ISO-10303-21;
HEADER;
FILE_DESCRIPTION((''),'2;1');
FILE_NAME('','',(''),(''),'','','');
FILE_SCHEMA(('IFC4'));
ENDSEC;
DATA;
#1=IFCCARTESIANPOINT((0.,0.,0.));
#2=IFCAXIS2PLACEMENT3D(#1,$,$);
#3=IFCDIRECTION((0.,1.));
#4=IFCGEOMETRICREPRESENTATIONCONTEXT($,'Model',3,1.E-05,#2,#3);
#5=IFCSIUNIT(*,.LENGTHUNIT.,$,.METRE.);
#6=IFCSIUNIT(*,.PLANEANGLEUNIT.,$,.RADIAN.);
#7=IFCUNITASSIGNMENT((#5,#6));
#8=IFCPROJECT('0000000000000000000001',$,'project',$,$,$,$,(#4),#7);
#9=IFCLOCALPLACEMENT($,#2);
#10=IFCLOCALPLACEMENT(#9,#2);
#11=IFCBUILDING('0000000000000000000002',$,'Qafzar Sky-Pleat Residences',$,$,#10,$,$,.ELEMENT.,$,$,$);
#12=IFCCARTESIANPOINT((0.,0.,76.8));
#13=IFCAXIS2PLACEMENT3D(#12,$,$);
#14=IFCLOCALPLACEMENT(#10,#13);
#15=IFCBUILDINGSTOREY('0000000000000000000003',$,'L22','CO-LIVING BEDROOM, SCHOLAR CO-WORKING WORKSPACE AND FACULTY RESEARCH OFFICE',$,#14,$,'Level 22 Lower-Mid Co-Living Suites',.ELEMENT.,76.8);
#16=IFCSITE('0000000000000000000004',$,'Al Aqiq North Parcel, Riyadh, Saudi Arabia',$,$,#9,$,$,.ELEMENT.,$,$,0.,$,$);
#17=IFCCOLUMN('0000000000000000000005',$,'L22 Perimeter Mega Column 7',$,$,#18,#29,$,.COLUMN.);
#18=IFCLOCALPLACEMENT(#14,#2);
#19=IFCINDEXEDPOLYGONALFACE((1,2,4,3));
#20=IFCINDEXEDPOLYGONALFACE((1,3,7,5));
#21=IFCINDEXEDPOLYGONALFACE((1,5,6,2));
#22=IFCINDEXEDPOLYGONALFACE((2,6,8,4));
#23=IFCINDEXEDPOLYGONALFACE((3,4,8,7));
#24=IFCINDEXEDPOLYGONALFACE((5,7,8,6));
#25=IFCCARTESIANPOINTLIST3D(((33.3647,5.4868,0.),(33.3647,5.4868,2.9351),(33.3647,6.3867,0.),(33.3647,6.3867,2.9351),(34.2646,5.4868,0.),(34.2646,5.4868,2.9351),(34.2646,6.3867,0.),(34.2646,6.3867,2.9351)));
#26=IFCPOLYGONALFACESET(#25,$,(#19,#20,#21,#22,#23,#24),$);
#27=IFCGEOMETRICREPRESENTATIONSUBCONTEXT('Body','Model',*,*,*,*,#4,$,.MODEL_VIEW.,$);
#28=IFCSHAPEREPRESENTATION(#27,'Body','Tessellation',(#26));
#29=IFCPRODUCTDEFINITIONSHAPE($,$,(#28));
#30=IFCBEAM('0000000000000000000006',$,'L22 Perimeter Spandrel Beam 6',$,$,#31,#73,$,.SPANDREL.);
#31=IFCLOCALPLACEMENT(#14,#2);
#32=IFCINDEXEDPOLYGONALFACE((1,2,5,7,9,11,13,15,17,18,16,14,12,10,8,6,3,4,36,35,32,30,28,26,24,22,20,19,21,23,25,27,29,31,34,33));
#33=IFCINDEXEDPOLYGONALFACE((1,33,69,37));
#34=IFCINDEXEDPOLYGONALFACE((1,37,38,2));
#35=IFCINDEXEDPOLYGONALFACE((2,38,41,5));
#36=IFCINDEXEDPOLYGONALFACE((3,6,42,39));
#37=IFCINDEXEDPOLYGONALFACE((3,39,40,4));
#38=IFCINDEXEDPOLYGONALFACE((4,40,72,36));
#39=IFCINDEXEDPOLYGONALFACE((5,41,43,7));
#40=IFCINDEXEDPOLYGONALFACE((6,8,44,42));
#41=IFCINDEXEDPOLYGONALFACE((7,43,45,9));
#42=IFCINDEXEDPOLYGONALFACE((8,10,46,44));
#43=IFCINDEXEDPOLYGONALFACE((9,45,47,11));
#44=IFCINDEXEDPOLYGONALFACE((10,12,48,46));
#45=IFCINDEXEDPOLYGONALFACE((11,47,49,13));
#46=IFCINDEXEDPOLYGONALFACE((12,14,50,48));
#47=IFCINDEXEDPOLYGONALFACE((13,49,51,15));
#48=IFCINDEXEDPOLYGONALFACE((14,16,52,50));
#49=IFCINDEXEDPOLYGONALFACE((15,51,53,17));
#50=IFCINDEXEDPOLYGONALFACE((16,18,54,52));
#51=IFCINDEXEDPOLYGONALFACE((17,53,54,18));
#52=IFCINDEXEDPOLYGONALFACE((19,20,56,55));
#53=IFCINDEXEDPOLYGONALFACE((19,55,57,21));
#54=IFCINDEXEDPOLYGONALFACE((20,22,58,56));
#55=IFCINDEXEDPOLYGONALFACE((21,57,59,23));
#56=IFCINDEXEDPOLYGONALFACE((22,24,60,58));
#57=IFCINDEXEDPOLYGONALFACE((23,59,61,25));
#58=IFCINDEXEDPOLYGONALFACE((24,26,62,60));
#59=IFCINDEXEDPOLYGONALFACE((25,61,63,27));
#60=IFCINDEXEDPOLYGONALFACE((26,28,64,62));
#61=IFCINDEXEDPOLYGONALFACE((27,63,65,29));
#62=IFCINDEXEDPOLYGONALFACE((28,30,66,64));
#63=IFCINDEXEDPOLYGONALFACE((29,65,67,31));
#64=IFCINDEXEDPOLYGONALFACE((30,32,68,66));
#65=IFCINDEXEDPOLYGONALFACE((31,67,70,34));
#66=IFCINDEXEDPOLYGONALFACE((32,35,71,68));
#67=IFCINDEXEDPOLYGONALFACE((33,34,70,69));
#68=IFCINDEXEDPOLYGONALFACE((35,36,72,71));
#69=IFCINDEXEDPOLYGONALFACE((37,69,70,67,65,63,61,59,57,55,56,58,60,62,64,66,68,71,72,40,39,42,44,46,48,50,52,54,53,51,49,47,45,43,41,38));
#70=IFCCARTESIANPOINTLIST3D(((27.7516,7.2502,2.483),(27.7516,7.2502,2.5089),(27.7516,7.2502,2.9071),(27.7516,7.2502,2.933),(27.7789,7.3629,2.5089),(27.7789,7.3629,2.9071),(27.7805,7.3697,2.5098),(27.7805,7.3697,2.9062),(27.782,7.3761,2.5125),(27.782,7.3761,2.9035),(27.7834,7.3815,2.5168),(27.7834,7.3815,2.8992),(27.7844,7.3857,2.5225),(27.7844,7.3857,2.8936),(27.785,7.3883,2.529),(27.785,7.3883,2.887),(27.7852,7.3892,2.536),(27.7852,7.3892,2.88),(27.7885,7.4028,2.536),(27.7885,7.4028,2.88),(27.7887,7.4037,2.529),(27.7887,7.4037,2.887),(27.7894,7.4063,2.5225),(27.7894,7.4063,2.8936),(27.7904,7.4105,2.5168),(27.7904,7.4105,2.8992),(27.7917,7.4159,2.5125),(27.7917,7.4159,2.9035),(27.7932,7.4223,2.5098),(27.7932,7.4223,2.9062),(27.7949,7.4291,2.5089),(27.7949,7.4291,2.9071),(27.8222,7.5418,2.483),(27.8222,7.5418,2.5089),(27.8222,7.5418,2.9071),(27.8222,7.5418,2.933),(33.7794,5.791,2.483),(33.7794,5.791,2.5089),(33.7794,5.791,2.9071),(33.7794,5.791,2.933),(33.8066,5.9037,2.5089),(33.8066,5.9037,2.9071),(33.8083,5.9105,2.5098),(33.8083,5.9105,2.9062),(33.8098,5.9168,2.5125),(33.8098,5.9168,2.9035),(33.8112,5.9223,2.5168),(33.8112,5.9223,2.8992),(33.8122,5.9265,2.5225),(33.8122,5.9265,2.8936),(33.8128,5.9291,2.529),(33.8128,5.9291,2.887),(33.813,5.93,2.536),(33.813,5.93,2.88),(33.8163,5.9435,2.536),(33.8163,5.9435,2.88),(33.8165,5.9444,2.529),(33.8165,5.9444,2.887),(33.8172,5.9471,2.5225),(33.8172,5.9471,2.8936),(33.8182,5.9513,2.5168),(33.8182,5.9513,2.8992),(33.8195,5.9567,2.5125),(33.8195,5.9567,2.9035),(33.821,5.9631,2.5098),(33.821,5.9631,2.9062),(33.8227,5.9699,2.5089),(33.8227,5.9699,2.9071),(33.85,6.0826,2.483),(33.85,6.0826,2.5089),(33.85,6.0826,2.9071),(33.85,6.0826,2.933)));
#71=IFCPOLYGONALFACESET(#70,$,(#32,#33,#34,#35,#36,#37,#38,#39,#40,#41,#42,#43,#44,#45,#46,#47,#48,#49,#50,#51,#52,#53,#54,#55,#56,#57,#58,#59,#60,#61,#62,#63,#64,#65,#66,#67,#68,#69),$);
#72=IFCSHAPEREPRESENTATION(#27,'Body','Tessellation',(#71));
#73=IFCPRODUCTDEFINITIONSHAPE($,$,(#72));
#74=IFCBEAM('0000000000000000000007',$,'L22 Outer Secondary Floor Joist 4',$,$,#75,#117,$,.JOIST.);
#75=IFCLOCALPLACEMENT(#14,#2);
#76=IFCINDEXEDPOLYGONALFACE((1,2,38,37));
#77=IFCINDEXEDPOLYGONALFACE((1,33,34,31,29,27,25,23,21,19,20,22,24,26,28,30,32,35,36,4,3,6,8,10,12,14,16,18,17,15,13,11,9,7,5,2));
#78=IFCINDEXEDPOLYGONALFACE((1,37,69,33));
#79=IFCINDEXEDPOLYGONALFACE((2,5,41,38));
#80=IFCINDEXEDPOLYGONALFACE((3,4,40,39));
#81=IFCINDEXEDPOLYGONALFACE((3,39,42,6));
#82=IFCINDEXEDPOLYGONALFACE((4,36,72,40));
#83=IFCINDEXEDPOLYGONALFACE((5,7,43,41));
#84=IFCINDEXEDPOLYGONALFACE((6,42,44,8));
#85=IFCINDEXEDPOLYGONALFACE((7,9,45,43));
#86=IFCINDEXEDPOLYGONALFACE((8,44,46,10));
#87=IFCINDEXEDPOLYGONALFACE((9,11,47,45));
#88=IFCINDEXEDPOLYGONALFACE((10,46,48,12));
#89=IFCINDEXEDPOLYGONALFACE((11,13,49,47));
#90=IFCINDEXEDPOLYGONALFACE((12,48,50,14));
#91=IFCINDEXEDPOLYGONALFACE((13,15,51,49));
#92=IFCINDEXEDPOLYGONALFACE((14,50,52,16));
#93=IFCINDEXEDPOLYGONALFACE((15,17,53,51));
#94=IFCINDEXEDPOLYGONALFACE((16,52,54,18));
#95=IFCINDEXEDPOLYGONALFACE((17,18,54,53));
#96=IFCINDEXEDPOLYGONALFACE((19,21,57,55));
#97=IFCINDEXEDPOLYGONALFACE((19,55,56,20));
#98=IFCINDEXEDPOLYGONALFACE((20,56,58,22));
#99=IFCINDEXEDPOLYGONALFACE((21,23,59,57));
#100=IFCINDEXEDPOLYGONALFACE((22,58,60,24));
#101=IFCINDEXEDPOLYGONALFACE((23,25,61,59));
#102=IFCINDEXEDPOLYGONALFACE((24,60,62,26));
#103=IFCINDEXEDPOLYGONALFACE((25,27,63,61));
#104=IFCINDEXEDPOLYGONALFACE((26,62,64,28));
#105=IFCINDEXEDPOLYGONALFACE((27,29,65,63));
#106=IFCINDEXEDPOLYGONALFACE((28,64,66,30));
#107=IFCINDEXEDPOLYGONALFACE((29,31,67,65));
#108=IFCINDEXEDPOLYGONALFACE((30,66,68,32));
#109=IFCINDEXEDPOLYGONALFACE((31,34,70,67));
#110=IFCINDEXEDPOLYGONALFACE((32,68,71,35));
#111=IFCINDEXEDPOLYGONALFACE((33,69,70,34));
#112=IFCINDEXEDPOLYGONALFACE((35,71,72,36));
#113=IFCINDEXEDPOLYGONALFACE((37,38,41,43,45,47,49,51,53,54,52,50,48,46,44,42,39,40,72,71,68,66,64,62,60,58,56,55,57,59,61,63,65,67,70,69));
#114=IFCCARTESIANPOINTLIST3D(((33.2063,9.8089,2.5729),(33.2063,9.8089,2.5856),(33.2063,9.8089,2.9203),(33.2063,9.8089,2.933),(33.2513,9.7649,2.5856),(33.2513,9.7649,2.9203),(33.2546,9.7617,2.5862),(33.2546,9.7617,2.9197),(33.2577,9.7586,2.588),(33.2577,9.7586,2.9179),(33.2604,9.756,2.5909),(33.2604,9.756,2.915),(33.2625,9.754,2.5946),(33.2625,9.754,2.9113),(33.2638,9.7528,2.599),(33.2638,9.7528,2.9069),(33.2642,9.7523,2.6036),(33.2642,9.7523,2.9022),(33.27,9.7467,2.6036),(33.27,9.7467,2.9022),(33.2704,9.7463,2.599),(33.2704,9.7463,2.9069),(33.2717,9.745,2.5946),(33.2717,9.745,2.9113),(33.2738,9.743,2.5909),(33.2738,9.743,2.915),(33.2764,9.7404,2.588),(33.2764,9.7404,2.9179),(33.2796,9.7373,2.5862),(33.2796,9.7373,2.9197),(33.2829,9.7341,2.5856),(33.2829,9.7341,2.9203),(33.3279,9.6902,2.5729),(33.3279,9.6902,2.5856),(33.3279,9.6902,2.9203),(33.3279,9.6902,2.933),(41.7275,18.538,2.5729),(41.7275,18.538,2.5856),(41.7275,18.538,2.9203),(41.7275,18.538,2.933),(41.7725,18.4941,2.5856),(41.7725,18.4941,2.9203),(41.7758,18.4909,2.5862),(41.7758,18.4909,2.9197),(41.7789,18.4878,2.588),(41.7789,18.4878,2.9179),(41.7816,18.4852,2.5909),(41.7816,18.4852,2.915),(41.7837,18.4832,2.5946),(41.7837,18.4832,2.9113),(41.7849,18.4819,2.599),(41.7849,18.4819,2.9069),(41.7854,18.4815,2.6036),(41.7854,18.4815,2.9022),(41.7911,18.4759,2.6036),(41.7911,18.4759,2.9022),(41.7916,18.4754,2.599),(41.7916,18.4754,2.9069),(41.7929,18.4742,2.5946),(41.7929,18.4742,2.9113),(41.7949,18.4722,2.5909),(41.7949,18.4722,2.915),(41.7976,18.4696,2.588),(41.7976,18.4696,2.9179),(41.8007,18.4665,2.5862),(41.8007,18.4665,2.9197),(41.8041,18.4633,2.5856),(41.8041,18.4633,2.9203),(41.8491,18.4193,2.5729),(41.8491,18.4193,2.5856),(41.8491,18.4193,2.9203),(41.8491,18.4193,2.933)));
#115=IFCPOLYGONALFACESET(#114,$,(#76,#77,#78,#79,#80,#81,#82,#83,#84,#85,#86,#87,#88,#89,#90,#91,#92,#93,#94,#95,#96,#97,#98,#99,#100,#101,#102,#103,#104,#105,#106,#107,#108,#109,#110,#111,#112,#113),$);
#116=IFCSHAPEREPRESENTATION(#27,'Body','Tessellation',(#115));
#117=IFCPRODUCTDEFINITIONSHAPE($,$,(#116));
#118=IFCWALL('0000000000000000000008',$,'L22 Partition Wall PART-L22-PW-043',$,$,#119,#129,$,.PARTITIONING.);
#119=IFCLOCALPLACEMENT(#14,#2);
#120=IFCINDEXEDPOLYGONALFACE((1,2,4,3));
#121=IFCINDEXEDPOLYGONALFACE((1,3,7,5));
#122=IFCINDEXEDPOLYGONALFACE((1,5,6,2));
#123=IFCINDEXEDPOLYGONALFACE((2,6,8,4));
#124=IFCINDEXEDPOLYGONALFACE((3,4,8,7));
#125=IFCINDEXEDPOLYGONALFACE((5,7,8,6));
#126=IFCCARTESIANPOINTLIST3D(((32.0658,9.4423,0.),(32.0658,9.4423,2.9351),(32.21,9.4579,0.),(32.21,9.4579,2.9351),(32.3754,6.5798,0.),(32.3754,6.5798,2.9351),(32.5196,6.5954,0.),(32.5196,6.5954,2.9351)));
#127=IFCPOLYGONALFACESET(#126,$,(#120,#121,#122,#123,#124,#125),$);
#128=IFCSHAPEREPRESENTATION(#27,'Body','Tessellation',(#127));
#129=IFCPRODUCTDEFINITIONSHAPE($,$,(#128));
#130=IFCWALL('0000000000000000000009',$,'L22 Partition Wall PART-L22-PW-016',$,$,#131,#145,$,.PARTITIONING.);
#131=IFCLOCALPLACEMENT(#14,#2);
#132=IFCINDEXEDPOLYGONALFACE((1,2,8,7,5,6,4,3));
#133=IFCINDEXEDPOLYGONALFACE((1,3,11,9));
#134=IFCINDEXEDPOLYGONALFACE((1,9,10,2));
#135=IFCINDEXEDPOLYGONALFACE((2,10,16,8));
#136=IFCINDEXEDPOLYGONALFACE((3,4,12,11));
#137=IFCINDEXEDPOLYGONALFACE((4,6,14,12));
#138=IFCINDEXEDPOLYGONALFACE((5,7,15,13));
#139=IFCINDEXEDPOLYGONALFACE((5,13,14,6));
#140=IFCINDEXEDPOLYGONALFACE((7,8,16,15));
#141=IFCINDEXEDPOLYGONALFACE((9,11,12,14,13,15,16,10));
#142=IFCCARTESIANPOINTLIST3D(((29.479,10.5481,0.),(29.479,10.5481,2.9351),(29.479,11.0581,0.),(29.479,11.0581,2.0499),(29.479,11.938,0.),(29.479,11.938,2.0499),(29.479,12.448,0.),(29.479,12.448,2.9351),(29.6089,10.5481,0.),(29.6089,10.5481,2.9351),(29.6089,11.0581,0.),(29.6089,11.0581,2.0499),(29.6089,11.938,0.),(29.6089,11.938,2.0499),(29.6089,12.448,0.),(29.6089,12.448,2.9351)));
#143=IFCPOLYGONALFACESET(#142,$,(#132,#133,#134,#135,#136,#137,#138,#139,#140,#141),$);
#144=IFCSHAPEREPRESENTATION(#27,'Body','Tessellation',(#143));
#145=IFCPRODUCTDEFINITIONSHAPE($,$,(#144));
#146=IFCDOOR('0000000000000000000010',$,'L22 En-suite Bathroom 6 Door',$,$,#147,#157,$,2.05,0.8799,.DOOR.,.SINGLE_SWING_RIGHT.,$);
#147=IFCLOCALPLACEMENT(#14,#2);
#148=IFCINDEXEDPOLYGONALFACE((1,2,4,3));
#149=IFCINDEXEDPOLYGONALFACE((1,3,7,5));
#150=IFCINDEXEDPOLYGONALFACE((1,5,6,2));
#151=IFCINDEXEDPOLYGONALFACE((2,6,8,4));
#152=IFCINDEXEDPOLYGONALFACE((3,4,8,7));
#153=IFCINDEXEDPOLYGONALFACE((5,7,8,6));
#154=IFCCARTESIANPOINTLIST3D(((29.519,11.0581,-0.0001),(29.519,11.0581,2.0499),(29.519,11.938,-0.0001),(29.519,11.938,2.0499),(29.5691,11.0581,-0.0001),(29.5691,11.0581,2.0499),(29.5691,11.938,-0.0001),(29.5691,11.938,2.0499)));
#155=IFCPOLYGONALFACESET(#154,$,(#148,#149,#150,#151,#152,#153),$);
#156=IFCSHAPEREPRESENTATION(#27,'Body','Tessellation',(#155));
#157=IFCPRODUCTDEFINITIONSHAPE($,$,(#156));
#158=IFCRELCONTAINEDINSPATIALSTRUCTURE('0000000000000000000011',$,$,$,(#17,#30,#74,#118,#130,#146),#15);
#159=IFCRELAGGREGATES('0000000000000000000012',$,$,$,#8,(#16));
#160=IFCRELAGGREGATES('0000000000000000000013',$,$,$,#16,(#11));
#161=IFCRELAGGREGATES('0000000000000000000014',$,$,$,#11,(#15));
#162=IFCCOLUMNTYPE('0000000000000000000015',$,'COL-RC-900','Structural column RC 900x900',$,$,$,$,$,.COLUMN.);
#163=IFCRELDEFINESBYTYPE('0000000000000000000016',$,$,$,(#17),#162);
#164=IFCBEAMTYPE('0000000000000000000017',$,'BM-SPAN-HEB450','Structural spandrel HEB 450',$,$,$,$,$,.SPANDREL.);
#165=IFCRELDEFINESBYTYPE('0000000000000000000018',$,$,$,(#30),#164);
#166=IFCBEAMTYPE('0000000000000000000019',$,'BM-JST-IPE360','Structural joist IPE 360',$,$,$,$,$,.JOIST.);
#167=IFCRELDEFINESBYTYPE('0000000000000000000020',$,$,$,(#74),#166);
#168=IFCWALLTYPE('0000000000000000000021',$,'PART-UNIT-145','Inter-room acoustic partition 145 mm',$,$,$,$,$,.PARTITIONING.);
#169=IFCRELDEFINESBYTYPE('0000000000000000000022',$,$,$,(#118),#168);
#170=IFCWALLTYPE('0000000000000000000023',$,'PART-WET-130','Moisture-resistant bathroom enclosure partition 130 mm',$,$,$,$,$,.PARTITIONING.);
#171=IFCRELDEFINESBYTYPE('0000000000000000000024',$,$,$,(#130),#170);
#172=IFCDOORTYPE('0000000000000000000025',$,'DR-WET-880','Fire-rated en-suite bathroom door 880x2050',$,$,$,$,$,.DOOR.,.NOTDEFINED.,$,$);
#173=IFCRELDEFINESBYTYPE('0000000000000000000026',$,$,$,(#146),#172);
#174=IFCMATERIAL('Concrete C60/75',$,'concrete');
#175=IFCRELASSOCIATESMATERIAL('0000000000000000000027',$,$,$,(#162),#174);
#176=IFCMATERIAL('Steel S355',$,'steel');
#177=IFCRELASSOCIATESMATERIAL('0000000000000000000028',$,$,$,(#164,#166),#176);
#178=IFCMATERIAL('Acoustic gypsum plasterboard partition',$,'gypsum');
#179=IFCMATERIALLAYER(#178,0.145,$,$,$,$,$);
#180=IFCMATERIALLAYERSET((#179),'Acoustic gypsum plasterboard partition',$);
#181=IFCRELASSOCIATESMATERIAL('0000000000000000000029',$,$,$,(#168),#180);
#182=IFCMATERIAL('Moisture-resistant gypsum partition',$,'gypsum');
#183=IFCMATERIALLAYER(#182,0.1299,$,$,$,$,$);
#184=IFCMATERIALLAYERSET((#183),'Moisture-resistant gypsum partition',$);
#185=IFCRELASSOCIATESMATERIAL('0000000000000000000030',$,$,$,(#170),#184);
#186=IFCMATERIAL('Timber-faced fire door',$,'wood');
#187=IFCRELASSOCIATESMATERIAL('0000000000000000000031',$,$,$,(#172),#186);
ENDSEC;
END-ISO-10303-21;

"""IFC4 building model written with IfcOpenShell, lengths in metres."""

from ifc_helpers import new_model, si_unit, direction, frame, frame_2d, origin, origin_2d, place, context, subcontext, project, spatial, rectangle, i_section, extrude, source, transform, mapped, material, layer, layer_set, material_profile, profile_set, type_object, element, fill, save


model = new_model("IFC4")

# Units and contexts
model_context = context("Model", 3, precision=1e-05, world=origin(), true_north=direction((0.0, 1.0)))
body_context = subcontext(model_context, "Body", "Model", "MODEL_VIEW")
ifc_project = project(units=[si_unit("LENGTHUNIT", "METRE"), si_unit("PLANEANGLEUNIT", "RADIAN")], contexts=[model_context])

# Site, building, storey
site_placement = place(None, origin())
site = spatial("IfcSite", under=ifc_project, at=site_placement, Name="Al Aqiq North Parcel, Riyadh, Saudi Arabia", CompositionType="ELEMENT", RefElevation=0.0)
building_placement = place(site_placement, origin())
building = spatial("IfcBuilding", under=site, at=building_placement, Name="Qafzar Sky-Pleat Residences", CompositionType="ELEMENT")
storey_placement = place(building_placement, frame((0.0, 0.0, 76.8)))
storey = spatial("IfcBuildingStorey", under=building, at=storey_placement, Name="L22", Description="CO-LIVING BEDROOM, SCHOLAR CO-WORKING WORKSPACE AND FACULTY RESEARCH OFFICE", LongName="Level 22 Lower-Mid Co-Living Suites", CompositionType="ELEMENT", Elevation=76.8)

# Column
ifc_material_1 = material(Name="Concrete C60/75", Category="concrete")
ifc_material_profile_1 = material_profile(ifc_material_1, rectangle(XDim=0.8999, YDim=0.8999, at=origin_2d()), Name="RC 900x900")
ifc_profile_set_1 = profile_set([ifc_material_profile_1], Name="Concrete C60/75")
column_type = type_object("IfcColumnType", Name="COL-RC-900", Description="Structural column RC 900x900", PredefinedType="COLUMN", material=ifc_profile_set_1)
shared_shape_1 = source(origin(), body_context, "Body", "SweptSolid", [
    extrude(rectangle(XDim=0.8999, YDim=0.8999, at=origin_2d()), origin(), (0.0, 0.0, 1.0), 2.9351),
])
column_placement = place(storey_placement, frame((33.8147, 5.9368, 0.0), z_axis=(0.0, 0.0, 1.0), x_axis=(1.0, 0.0, 0.0)))
element("IfcColumn", 1, at=column_placement, inside=storey, type_object=column_type, Name="L22 Perimeter Mega Column 7", PredefinedType="COLUMN", context=body_context, shape_type="MappedRepresentation", body=[
    mapped(shared_shape_1, transform((0.0, 0.0, 0.0), x_axis=(1.0, 0.0, 0.0), y_axis=(0.0, 1.0, 0.0), z_axis=(0.0, 0.0, 1.0), scale=1.0)),
])

# Beams
ifc_material_2 = material(Name="Steel S355", Category="steel")
ifc_material_profile_2 = material_profile(ifc_material_2, i_section(OverallWidth=0.3, OverallDepth=0.45, WebThickness=0.0139, FlangeThickness=0.0259, FilletRadius=0.0271, at=origin_2d()), Name="HEB 450")
ifc_profile_set_2 = profile_set([ifc_material_profile_2], Name="Steel S355")
beam_type_1 = type_object("IfcBeamType", Name="BM-SPAN-HEB450", Description="Structural spandrel HEB 450", PredefinedType="SPANDREL", material=ifc_profile_set_2)
shared_shape_2 = source(origin(), body_context, "Body", "SweptSolid", [
    extrude(i_section(OverallWidth=0.3, OverallDepth=0.45, WebThickness=0.0139, FlangeThickness=0.0259, FilletRadius=0.0271, at=origin_2d()), origin(), (0.0, 0.0, 1.0), 6.2019),
])
beam_1_placement = place(storey_placement, frame((27.7869, 7.396, 2.708), z_axis=(0.971926, -0.235286, 0.0), x_axis=(0.235286, 0.971926, 0.0)))
element("IfcBeam", 2, at=beam_1_placement, inside=storey, type_object=beam_type_1, Name="L22 Perimeter Spandrel Beam 6", PredefinedType="SPANDREL", context=body_context, shape_type="MappedRepresentation", body=[
    mapped(shared_shape_2, transform((0.0, 0.0, 0.0), x_axis=(1.0, 0.0, 0.0), y_axis=(0.0, 1.0, 0.0), z_axis=(0.0, 0.0, 1.0), scale=1.0)),
])
ifc_material_profile_3 = material_profile(ifc_material_2, i_section(OverallWidth=0.1699, OverallDepth=0.3601, WebThickness=0.0081, FlangeThickness=0.0127, FilletRadius=0.0181, at=origin_2d()), Name="IPE 360")
ifc_profile_set_3 = profile_set([ifc_material_profile_3], Name="Steel S355")
beam_type_2 = type_object("IfcBeamType", Name="BM-JST-IPE360", Description="Structural joist IPE 360", PredefinedType="JOIST", material=ifc_profile_set_3)
shared_shape_3 = source(origin(), body_context, "Body", "SweptSolid", [
    extrude(i_section(OverallWidth=0.1699, OverallDepth=0.3601, WebThickness=0.0081, FlangeThickness=0.0127, FilletRadius=0.0181, at=origin_2d()), origin(), (0.0, 0.0, 1.0), 12.1987),
])
beam_2_placement = place(storey_placement, frame((33.2671, 9.7495, 2.7529), z_axis=(0.69853, 0.715581, 0.0), x_axis=(-0.715581, 0.69853, 0.0)))
element("IfcBeam", 3, at=beam_2_placement, inside=storey, type_object=beam_type_2, Name="L22 Outer Secondary Floor Joist 4", PredefinedType="JOIST", context=body_context, shape_type="MappedRepresentation", body=[
    mapped(shared_shape_3, transform((0.0, 0.0, 0.0), x_axis=(1.0, 0.0, 0.0), y_axis=(0.0, 1.0, 0.0), z_axis=(0.0, 0.0, 1.0), scale=1.0)),
])

# Wall
ifc_material_3 = material(Name="Acoustic gypsum plasterboard partition", Category="gypsum")
ifc_layer_1 = layer(ifc_material_3, 0.145)
ifc_layer_set_1 = layer_set([ifc_layer_1], Name="Acoustic gypsum plasterboard partition")
wall_type_1 = type_object("IfcWallType", Name="PART-UNIT-145", Description="Inter-room acoustic partition 145 mm", PredefinedType="PARTITIONING", material=ifc_layer_set_1)
wall_1_placement = place(storey_placement, frame((32.1379, 9.45, 0.0), z_axis=(0.0, 0.0, 1.0), x_axis=(0.107518, -0.994203, 0.0)))
element("IfcWall", 4, at=wall_1_placement, inside=storey, type_object=wall_type_1, Name="L22 Partition Wall PART-L22-PW-043", PredefinedType="PARTITIONING", context=body_context, shape_type="SweptSolid", body=[
    extrude(rectangle(XDim=2.8792, YDim=0.145, at=frame_2d((1.4395, 0.0))), origin(), (0.0, 0.0, 1.0), 2.9351),
])

# Wall, opening, door
ifc_material_4 = material(Name="Moisture-resistant gypsum partition", Category="gypsum")
ifc_layer_2 = layer(ifc_material_4, 0.1299)
ifc_layer_set_2 = layer_set([ifc_layer_2], Name="Moisture-resistant gypsum partition")
wall_type_2 = type_object("IfcWallType", Name="PART-WET-130", Description="Moisture-resistant bathroom enclosure partition 130 mm", PredefinedType="PARTITIONING", material=ifc_layer_set_2)
wall_2_placement = place(storey_placement, frame((29.5439, 10.5481, 0.0), z_axis=(0.0, 0.0, 1.0), x_axis=(0.0, 1.0, 0.0)))
wall_2 = element("IfcWall", 5, at=wall_2_placement, inside=storey, type_object=wall_type_2, Name="L22 Partition Wall PART-L22-PW-016", PredefinedType="PARTITIONING", context=body_context, shape_type="SweptSolid", body=[
    extrude(rectangle(XDim=1.8999, YDim=0.1299, at=frame_2d((0.95, 0.0))), origin(), (0.0, 0.0, 1.0), 2.9351),
])
opening_1_placement = place(wall_2_placement, frame((0.51, 0.0, 0.0)))
opening_1 = element("IfcOpeningElement", 6, at=opening_1_placement, cuts=wall_2, PredefinedType="OPENING", context=body_context, shape_type="SweptSolid", body=[
    extrude(rectangle(XDim=0.8799, YDim=2.05, at=frame_2d((0.4399, 1.0249))), frame((0.0, 0.075, 0.0), z_axis=(0.0, -1.0, 0.0), x_axis=(1.0, 0.0, 0.0)), (0.0, 0.0, 1.0), 0.1499),
])
ifc_material_5 = material(Name="Timber-faced fire door", Category="wood")
door_type = type_object("IfcDoorType", Name="DR-WET-880", Description="Fire-rated en-suite bathroom door 880x2050", OperationType="NOTDEFINED", PredefinedType="DOOR", material=ifc_material_5)
shared_shape_4 = source(origin(), body_context, "Body", "SweptSolid", [
    extrude(rectangle(XDim=0.8799, YDim=2.05, at=frame_2d((0.4399, 1.0249))), frame((0.0, 0.0249, 0.0), z_axis=(0.0, -1.0, 0.0), x_axis=(1.0, 0.0, 0.0)), (0.0, 0.0, 1.0), 0.05),
])
door_1_placement = place(opening_1_placement, origin())
door_1 = element("IfcDoor", 7, at=door_1_placement, inside=storey, type_object=door_type, Name="L22 En-suite Bathroom 6 Door", OperationType="SINGLE_SWING_RIGHT", OverallHeight=2.05, OverallWidth=0.8799, PredefinedType="DOOR", context=body_context, shape_type="MappedRepresentation", body=[
    mapped(shared_shape_4, transform((0.0, 0.0, 0.0), x_axis=(1.0, 0.0, 0.0), y_axis=(0.0, 1.0, 0.0), z_axis=(0.0, 0.0, 1.0), scale=1.0)),
])
fill(opening_1, door_1)

save(model, "model.ifc")
